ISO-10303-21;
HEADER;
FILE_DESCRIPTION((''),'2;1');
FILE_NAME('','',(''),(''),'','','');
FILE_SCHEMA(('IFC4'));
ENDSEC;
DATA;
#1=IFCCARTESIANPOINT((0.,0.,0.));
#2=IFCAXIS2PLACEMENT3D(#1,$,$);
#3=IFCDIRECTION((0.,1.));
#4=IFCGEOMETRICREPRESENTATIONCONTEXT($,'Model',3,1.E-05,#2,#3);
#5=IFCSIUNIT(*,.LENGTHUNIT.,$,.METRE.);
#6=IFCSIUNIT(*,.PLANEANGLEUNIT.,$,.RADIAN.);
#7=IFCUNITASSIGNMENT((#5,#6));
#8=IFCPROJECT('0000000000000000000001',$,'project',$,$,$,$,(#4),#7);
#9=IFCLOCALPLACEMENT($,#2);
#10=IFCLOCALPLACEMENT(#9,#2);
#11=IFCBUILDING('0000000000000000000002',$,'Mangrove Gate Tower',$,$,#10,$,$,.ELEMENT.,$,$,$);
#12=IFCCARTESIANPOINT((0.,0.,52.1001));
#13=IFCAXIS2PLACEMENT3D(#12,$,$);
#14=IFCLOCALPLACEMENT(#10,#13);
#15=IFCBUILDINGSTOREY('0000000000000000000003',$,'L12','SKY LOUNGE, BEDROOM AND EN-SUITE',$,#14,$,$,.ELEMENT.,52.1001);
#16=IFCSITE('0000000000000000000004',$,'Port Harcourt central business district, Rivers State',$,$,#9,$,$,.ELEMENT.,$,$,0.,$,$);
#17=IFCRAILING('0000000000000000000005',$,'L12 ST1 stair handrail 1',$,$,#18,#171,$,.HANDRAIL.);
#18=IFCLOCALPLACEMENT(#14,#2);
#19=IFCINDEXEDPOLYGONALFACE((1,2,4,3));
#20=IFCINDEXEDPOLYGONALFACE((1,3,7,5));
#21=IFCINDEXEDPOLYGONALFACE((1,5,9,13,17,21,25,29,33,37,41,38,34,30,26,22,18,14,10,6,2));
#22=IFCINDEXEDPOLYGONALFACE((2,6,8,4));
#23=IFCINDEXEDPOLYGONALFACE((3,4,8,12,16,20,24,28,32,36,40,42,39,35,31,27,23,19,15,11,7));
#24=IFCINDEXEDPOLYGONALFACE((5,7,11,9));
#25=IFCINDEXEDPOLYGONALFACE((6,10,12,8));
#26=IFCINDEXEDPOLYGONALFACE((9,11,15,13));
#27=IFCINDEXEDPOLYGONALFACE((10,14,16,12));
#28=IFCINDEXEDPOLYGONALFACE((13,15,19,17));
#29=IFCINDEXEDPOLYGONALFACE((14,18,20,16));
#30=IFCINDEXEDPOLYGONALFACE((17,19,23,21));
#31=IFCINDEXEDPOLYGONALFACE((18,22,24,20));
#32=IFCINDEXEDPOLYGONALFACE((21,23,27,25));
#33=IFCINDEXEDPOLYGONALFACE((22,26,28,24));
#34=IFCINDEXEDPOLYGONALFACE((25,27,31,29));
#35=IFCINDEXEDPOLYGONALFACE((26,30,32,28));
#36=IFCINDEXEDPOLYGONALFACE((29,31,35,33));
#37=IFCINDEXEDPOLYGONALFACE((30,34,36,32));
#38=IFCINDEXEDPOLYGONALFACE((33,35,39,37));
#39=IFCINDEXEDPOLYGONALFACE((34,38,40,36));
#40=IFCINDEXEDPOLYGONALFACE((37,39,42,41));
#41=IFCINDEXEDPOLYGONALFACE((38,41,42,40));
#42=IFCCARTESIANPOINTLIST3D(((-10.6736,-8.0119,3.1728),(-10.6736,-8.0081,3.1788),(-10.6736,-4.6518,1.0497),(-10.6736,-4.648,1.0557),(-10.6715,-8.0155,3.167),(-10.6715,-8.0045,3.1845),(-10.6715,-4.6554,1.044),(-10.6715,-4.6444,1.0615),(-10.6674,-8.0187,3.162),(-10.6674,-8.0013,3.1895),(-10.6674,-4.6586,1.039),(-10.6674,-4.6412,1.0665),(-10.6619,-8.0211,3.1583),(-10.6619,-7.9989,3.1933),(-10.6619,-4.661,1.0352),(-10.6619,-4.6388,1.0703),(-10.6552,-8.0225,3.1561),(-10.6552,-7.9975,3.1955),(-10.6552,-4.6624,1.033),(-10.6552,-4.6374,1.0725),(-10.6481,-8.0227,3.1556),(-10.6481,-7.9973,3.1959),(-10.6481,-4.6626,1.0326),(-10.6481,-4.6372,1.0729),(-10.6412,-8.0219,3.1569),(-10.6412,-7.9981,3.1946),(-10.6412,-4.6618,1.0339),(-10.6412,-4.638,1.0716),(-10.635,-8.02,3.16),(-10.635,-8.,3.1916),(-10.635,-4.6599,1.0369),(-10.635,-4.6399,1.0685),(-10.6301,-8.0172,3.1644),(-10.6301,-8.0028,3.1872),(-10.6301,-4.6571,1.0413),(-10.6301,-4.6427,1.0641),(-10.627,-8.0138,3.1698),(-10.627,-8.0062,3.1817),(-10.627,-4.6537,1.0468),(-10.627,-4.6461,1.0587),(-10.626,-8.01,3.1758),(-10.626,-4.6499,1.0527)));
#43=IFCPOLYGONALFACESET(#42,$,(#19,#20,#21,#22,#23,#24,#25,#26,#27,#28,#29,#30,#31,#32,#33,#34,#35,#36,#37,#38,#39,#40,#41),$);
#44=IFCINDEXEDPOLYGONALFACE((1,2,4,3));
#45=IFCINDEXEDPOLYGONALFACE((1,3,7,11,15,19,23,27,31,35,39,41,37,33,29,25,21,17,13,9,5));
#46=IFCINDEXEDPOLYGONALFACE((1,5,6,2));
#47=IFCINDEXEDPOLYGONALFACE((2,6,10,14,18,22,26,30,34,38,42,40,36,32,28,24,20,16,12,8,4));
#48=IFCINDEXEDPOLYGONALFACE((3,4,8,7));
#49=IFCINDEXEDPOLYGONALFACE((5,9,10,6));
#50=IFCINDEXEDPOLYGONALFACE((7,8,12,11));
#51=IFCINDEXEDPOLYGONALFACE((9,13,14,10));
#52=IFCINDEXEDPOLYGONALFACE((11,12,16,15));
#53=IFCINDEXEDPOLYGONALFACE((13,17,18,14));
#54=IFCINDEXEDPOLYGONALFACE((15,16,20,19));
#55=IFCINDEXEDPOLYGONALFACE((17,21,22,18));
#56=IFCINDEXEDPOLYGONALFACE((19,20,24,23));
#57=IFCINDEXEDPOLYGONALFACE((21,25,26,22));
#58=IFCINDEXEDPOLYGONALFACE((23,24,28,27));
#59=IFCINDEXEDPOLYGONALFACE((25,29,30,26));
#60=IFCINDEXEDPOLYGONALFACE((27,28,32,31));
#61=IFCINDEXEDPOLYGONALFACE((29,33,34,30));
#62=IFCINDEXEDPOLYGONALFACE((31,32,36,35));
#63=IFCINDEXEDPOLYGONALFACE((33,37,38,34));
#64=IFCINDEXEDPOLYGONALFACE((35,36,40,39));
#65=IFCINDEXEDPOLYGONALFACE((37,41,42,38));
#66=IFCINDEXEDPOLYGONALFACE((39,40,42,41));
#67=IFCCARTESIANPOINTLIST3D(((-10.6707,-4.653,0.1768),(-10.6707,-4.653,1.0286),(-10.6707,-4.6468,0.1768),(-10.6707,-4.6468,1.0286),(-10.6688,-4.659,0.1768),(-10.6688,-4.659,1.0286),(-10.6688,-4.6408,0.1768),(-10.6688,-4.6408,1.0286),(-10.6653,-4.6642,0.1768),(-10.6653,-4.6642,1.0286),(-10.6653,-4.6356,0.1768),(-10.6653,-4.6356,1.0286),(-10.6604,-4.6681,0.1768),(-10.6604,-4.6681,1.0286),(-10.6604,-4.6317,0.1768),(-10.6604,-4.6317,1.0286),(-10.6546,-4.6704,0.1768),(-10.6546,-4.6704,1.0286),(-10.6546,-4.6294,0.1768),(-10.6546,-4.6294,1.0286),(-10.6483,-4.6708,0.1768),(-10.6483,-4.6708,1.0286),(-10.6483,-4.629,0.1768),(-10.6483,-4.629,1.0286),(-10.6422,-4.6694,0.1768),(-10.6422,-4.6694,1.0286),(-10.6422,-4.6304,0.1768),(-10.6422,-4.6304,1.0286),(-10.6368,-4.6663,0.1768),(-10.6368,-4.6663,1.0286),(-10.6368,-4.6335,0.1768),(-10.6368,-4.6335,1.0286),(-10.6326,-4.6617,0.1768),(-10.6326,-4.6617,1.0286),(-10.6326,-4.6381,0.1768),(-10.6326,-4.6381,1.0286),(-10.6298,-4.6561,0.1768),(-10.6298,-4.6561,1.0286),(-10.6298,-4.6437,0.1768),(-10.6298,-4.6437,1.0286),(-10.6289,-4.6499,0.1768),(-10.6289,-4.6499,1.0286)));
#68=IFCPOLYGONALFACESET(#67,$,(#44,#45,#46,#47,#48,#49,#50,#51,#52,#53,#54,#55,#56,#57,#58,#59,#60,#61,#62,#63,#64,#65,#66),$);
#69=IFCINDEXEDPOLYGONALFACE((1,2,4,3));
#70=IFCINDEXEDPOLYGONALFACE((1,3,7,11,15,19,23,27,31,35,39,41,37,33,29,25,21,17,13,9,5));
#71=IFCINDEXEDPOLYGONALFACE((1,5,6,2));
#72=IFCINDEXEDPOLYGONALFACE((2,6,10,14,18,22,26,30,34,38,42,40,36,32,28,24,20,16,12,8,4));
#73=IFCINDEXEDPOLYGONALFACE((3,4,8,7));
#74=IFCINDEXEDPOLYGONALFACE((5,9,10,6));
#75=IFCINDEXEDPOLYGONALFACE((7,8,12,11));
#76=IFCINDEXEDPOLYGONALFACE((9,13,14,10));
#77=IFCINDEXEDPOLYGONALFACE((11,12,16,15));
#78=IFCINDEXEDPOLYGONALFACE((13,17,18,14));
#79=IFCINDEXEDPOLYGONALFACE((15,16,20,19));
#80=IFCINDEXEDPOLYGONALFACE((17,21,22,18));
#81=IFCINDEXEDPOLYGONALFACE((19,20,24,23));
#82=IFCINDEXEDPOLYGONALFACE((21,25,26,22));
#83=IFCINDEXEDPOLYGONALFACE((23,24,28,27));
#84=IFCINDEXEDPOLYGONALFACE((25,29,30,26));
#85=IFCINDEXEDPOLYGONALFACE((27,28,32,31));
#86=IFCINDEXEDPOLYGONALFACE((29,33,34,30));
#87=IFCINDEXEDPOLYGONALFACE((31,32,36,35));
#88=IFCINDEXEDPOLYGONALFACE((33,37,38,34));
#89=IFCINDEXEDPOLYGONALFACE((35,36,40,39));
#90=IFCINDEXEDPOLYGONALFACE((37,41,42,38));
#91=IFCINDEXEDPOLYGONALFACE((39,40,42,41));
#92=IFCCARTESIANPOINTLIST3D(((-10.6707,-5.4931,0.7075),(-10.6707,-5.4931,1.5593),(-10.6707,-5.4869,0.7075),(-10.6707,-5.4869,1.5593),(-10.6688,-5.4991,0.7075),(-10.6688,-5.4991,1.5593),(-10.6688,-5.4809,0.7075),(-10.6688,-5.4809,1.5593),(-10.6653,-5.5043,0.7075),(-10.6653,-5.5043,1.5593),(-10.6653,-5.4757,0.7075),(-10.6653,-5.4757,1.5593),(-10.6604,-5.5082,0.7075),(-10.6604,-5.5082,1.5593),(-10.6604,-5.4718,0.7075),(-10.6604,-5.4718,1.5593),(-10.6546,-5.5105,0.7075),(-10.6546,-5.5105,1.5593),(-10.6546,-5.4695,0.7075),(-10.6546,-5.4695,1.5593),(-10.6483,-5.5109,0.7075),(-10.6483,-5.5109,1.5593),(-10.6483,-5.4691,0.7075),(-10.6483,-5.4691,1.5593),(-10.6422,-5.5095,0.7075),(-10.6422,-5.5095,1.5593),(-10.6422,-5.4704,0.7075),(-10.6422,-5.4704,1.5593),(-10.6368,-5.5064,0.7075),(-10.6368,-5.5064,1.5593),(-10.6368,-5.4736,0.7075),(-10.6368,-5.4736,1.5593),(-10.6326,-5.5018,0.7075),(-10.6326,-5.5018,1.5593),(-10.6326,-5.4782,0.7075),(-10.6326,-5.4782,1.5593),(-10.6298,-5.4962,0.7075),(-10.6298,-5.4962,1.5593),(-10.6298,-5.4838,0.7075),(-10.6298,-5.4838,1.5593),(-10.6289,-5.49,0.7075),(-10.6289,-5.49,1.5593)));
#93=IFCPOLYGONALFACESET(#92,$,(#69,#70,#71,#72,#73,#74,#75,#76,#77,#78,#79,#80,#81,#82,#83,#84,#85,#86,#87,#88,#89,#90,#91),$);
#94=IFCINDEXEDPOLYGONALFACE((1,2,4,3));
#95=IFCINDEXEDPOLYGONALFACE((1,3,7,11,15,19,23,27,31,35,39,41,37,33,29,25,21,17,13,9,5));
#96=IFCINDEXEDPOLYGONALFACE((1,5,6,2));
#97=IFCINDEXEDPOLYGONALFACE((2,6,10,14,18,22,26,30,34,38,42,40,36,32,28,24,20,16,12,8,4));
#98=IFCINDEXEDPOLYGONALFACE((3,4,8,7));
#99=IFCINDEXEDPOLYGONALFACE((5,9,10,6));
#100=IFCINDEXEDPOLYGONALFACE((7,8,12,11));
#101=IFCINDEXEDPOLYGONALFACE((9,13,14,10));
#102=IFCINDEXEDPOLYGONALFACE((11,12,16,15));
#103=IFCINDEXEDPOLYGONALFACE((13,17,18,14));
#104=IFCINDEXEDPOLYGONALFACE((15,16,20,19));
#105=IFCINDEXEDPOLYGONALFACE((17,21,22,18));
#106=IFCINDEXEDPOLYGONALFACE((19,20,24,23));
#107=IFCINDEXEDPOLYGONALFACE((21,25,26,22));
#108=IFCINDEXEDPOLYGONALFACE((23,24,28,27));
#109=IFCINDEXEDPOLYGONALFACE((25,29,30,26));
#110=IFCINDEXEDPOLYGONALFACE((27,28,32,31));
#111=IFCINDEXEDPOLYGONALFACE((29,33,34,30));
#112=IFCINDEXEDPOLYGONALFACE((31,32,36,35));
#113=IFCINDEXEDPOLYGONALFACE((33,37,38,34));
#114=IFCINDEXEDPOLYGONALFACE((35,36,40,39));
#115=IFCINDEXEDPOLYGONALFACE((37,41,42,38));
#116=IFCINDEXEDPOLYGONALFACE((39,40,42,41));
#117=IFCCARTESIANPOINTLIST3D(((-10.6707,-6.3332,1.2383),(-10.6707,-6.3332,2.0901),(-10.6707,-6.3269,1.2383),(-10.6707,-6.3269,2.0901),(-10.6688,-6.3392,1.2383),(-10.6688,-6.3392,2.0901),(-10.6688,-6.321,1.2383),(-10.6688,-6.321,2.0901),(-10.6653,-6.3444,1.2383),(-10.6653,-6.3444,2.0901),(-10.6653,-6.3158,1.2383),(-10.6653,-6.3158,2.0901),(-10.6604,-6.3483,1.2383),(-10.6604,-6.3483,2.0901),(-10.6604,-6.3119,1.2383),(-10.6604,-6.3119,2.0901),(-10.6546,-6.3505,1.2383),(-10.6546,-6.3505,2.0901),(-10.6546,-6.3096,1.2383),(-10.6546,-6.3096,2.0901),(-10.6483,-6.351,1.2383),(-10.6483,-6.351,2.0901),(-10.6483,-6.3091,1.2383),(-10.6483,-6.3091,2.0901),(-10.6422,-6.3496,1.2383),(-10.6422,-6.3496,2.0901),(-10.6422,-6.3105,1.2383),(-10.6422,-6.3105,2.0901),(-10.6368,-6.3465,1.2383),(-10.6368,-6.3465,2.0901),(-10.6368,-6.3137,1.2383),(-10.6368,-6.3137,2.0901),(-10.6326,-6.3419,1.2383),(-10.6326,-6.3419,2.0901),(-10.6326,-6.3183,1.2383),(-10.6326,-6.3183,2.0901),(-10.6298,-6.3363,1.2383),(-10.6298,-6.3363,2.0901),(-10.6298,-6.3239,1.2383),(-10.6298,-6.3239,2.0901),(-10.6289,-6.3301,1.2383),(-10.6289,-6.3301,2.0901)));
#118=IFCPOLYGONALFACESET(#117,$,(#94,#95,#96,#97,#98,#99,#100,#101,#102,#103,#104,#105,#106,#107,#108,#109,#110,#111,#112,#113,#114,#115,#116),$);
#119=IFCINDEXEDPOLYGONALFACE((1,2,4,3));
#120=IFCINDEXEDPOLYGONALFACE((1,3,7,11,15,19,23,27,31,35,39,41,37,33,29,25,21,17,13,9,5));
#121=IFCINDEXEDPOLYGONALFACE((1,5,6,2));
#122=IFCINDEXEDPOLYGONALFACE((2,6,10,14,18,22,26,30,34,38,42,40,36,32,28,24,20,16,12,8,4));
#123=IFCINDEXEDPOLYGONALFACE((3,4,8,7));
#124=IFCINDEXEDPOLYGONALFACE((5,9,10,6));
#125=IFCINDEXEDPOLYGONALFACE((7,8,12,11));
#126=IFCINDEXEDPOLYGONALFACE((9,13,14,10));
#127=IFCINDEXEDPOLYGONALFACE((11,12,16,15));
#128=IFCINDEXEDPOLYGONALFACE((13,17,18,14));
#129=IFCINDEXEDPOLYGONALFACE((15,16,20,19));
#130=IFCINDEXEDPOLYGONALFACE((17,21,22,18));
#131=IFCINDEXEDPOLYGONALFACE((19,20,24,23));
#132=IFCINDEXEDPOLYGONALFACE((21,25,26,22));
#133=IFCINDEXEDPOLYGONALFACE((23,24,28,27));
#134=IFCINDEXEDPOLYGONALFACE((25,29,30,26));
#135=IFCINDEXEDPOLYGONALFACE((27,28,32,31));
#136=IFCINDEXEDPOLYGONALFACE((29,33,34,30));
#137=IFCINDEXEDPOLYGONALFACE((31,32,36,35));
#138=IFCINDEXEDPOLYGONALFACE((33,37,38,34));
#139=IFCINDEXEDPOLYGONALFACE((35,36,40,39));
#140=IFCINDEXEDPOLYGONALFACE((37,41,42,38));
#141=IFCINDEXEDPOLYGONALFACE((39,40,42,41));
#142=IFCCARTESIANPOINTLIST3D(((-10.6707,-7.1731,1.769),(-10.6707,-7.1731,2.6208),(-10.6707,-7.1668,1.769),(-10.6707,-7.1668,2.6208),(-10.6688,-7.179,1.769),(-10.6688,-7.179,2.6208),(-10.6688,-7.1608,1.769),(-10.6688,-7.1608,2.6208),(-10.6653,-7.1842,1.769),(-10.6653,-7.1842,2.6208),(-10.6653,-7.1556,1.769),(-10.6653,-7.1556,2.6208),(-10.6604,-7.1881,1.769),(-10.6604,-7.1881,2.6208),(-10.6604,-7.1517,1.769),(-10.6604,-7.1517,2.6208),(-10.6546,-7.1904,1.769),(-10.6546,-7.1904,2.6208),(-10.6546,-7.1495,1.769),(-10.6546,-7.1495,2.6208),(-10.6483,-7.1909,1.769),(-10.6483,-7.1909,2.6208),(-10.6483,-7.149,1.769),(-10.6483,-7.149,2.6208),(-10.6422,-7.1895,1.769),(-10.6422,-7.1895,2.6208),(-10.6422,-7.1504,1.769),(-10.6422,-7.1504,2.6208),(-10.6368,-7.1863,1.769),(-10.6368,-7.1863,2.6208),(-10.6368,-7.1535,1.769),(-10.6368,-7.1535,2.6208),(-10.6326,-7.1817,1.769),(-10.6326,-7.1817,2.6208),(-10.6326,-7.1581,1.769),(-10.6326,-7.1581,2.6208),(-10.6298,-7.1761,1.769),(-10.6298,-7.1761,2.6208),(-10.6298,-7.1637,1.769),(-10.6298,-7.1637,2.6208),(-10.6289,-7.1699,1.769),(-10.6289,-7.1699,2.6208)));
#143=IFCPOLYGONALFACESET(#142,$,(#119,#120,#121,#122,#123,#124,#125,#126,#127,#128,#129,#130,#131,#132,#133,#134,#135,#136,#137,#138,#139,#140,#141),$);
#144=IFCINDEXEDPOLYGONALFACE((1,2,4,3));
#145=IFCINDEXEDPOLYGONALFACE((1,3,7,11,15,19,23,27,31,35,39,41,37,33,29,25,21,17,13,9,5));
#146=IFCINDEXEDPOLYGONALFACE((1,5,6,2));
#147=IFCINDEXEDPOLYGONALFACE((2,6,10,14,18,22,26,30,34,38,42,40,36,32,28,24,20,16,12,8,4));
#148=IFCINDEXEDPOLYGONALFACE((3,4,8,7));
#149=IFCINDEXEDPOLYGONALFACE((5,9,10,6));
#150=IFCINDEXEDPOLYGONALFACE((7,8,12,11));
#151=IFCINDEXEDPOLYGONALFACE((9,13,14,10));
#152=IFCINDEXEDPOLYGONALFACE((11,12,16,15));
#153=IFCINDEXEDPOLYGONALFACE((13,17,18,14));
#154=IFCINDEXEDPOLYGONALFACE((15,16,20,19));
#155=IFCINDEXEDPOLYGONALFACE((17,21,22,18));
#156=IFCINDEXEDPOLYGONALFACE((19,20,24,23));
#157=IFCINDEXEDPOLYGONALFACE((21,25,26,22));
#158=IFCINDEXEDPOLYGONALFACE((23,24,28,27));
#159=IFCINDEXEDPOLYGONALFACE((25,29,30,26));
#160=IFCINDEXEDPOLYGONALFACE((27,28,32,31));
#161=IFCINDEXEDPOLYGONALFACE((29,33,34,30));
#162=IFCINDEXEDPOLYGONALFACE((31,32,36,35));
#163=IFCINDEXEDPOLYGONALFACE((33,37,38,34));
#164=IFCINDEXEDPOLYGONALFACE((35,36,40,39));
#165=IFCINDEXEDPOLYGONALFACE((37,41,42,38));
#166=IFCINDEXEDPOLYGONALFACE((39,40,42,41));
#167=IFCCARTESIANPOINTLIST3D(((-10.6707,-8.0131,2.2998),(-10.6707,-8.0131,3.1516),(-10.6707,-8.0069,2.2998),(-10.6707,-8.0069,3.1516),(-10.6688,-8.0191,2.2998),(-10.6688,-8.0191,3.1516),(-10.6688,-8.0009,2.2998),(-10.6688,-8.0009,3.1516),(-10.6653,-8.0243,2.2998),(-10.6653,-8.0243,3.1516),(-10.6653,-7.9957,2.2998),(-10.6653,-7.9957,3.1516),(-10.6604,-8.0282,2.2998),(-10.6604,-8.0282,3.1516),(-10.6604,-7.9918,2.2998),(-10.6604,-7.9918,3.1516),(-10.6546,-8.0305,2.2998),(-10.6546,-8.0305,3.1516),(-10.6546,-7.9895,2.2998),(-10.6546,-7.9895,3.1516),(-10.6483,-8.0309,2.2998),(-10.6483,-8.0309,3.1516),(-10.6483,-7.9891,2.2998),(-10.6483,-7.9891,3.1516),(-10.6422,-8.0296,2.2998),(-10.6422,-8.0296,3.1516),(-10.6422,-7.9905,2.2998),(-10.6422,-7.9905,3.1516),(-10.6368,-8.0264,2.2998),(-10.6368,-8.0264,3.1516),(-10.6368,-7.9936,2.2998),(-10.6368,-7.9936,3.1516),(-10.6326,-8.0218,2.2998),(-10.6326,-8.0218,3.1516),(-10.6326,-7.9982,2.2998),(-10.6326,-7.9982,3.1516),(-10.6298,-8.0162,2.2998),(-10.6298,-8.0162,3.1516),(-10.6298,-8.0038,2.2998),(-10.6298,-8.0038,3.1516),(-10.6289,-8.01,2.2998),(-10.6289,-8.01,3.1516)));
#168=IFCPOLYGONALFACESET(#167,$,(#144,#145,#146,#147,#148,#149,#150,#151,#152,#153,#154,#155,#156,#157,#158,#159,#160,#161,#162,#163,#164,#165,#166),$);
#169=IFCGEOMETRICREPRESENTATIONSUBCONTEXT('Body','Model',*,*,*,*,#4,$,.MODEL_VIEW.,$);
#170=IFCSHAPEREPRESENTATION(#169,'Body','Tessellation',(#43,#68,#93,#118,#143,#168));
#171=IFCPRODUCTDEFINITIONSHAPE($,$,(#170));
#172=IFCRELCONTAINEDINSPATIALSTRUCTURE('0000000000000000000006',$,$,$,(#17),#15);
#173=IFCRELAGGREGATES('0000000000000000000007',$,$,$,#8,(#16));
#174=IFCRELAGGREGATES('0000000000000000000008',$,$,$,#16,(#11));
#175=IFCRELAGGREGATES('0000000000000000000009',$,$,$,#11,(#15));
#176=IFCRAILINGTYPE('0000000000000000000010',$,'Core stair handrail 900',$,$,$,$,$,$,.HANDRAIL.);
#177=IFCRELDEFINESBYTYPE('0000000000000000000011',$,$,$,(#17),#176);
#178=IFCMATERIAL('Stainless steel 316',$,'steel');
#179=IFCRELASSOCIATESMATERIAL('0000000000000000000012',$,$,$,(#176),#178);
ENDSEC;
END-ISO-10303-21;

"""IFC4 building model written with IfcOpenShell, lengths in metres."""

from ifc_helpers import new_model, si_unit, direction, frame, origin, origin_2d, place, context, subcontext, project, spatial, circle, extrude, material, type_object, element, save


model = new_model("IFC4")

# Units and contexts
model_context = context("Model", 3, precision=1e-05, world=origin(), true_north=direction((0.0, 1.0)))
body_context = subcontext(model_context, "Body", "Model", "MODEL_VIEW")
ifc_project = project(units=[si_unit("LENGTHUNIT", "METRE"), si_unit("PLANEANGLEUNIT", "RADIAN")], contexts=[model_context])

# Site, building, storey
site_placement = place(None, origin())
site = spatial("IfcSite", under=ifc_project, at=site_placement, Name="Port Harcourt central business district, Rivers State", CompositionType="ELEMENT", RefElevation=0.0)
building_placement = place(site_placement, origin())
building = spatial("IfcBuilding", under=site, at=building_placement, Name="Mangrove Gate Tower", CompositionType="ELEMENT")
storey_placement = place(building_placement, frame((0.0, 0.0, 52.1001)))
storey = spatial("IfcBuildingStorey", under=building, at=storey_placement, Name="L12", Description="SKY LOUNGE, BEDROOM AND EN-SUITE", CompositionType="ELEMENT", Elevation=52.1001)

# Railing
ifc_material_1 = material(Name="Stainless steel 316", Category="steel")
railing_type_1 = type_object("IfcRailingType", Name="Core stair handrail 900", PredefinedType="HANDRAIL", material=ifc_material_1)
railing_1_placement = place(storey_placement, frame((-10.6499, -4.6499, 0.1768)))
element("IfcRailing", 1, at=railing_1_placement, inside=storey, type_object=railing_type_1, Name="L12 ST1 stair handrail 1", PredefinedType="HANDRAIL", context=body_context, shape_type="SweptSolid", body=[
    extrude(circle(Radius=0.0239, at=origin_2d()), frame((0.0, 0.0, 0.876), z_axis=(0.0, -0.84539, 0.53415), x_axis=(1.0, 0.0, 0.0)), (0.0, 0.0, 1.0), 3.9746),
    extrude(circle(Radius=0.021, at=origin_2d()), origin(), (0.0, 0.0, 1.0), 0.8518),
    extrude(circle(Radius=0.021, at=origin_2d()), frame((0.0, -0.8401, 0.5308)), (0.0, 0.0, 1.0), 0.8518),
    extrude(circle(Radius=0.021, at=origin_2d()), frame((0.0, -1.6802, 1.0615)), (0.0, 0.0, 1.0), 0.8518),
    extrude(circle(Radius=0.021, at=origin_2d()), frame((0.0, -2.52, 1.5923)), (0.0, 0.0, 1.0), 0.8518),
    extrude(circle(Radius=0.021, at=origin_2d()), frame((0.0, -3.3601, 2.123)), (0.0, 0.0, 1.0), 0.8518),
])

save(model, "model.ifc")
